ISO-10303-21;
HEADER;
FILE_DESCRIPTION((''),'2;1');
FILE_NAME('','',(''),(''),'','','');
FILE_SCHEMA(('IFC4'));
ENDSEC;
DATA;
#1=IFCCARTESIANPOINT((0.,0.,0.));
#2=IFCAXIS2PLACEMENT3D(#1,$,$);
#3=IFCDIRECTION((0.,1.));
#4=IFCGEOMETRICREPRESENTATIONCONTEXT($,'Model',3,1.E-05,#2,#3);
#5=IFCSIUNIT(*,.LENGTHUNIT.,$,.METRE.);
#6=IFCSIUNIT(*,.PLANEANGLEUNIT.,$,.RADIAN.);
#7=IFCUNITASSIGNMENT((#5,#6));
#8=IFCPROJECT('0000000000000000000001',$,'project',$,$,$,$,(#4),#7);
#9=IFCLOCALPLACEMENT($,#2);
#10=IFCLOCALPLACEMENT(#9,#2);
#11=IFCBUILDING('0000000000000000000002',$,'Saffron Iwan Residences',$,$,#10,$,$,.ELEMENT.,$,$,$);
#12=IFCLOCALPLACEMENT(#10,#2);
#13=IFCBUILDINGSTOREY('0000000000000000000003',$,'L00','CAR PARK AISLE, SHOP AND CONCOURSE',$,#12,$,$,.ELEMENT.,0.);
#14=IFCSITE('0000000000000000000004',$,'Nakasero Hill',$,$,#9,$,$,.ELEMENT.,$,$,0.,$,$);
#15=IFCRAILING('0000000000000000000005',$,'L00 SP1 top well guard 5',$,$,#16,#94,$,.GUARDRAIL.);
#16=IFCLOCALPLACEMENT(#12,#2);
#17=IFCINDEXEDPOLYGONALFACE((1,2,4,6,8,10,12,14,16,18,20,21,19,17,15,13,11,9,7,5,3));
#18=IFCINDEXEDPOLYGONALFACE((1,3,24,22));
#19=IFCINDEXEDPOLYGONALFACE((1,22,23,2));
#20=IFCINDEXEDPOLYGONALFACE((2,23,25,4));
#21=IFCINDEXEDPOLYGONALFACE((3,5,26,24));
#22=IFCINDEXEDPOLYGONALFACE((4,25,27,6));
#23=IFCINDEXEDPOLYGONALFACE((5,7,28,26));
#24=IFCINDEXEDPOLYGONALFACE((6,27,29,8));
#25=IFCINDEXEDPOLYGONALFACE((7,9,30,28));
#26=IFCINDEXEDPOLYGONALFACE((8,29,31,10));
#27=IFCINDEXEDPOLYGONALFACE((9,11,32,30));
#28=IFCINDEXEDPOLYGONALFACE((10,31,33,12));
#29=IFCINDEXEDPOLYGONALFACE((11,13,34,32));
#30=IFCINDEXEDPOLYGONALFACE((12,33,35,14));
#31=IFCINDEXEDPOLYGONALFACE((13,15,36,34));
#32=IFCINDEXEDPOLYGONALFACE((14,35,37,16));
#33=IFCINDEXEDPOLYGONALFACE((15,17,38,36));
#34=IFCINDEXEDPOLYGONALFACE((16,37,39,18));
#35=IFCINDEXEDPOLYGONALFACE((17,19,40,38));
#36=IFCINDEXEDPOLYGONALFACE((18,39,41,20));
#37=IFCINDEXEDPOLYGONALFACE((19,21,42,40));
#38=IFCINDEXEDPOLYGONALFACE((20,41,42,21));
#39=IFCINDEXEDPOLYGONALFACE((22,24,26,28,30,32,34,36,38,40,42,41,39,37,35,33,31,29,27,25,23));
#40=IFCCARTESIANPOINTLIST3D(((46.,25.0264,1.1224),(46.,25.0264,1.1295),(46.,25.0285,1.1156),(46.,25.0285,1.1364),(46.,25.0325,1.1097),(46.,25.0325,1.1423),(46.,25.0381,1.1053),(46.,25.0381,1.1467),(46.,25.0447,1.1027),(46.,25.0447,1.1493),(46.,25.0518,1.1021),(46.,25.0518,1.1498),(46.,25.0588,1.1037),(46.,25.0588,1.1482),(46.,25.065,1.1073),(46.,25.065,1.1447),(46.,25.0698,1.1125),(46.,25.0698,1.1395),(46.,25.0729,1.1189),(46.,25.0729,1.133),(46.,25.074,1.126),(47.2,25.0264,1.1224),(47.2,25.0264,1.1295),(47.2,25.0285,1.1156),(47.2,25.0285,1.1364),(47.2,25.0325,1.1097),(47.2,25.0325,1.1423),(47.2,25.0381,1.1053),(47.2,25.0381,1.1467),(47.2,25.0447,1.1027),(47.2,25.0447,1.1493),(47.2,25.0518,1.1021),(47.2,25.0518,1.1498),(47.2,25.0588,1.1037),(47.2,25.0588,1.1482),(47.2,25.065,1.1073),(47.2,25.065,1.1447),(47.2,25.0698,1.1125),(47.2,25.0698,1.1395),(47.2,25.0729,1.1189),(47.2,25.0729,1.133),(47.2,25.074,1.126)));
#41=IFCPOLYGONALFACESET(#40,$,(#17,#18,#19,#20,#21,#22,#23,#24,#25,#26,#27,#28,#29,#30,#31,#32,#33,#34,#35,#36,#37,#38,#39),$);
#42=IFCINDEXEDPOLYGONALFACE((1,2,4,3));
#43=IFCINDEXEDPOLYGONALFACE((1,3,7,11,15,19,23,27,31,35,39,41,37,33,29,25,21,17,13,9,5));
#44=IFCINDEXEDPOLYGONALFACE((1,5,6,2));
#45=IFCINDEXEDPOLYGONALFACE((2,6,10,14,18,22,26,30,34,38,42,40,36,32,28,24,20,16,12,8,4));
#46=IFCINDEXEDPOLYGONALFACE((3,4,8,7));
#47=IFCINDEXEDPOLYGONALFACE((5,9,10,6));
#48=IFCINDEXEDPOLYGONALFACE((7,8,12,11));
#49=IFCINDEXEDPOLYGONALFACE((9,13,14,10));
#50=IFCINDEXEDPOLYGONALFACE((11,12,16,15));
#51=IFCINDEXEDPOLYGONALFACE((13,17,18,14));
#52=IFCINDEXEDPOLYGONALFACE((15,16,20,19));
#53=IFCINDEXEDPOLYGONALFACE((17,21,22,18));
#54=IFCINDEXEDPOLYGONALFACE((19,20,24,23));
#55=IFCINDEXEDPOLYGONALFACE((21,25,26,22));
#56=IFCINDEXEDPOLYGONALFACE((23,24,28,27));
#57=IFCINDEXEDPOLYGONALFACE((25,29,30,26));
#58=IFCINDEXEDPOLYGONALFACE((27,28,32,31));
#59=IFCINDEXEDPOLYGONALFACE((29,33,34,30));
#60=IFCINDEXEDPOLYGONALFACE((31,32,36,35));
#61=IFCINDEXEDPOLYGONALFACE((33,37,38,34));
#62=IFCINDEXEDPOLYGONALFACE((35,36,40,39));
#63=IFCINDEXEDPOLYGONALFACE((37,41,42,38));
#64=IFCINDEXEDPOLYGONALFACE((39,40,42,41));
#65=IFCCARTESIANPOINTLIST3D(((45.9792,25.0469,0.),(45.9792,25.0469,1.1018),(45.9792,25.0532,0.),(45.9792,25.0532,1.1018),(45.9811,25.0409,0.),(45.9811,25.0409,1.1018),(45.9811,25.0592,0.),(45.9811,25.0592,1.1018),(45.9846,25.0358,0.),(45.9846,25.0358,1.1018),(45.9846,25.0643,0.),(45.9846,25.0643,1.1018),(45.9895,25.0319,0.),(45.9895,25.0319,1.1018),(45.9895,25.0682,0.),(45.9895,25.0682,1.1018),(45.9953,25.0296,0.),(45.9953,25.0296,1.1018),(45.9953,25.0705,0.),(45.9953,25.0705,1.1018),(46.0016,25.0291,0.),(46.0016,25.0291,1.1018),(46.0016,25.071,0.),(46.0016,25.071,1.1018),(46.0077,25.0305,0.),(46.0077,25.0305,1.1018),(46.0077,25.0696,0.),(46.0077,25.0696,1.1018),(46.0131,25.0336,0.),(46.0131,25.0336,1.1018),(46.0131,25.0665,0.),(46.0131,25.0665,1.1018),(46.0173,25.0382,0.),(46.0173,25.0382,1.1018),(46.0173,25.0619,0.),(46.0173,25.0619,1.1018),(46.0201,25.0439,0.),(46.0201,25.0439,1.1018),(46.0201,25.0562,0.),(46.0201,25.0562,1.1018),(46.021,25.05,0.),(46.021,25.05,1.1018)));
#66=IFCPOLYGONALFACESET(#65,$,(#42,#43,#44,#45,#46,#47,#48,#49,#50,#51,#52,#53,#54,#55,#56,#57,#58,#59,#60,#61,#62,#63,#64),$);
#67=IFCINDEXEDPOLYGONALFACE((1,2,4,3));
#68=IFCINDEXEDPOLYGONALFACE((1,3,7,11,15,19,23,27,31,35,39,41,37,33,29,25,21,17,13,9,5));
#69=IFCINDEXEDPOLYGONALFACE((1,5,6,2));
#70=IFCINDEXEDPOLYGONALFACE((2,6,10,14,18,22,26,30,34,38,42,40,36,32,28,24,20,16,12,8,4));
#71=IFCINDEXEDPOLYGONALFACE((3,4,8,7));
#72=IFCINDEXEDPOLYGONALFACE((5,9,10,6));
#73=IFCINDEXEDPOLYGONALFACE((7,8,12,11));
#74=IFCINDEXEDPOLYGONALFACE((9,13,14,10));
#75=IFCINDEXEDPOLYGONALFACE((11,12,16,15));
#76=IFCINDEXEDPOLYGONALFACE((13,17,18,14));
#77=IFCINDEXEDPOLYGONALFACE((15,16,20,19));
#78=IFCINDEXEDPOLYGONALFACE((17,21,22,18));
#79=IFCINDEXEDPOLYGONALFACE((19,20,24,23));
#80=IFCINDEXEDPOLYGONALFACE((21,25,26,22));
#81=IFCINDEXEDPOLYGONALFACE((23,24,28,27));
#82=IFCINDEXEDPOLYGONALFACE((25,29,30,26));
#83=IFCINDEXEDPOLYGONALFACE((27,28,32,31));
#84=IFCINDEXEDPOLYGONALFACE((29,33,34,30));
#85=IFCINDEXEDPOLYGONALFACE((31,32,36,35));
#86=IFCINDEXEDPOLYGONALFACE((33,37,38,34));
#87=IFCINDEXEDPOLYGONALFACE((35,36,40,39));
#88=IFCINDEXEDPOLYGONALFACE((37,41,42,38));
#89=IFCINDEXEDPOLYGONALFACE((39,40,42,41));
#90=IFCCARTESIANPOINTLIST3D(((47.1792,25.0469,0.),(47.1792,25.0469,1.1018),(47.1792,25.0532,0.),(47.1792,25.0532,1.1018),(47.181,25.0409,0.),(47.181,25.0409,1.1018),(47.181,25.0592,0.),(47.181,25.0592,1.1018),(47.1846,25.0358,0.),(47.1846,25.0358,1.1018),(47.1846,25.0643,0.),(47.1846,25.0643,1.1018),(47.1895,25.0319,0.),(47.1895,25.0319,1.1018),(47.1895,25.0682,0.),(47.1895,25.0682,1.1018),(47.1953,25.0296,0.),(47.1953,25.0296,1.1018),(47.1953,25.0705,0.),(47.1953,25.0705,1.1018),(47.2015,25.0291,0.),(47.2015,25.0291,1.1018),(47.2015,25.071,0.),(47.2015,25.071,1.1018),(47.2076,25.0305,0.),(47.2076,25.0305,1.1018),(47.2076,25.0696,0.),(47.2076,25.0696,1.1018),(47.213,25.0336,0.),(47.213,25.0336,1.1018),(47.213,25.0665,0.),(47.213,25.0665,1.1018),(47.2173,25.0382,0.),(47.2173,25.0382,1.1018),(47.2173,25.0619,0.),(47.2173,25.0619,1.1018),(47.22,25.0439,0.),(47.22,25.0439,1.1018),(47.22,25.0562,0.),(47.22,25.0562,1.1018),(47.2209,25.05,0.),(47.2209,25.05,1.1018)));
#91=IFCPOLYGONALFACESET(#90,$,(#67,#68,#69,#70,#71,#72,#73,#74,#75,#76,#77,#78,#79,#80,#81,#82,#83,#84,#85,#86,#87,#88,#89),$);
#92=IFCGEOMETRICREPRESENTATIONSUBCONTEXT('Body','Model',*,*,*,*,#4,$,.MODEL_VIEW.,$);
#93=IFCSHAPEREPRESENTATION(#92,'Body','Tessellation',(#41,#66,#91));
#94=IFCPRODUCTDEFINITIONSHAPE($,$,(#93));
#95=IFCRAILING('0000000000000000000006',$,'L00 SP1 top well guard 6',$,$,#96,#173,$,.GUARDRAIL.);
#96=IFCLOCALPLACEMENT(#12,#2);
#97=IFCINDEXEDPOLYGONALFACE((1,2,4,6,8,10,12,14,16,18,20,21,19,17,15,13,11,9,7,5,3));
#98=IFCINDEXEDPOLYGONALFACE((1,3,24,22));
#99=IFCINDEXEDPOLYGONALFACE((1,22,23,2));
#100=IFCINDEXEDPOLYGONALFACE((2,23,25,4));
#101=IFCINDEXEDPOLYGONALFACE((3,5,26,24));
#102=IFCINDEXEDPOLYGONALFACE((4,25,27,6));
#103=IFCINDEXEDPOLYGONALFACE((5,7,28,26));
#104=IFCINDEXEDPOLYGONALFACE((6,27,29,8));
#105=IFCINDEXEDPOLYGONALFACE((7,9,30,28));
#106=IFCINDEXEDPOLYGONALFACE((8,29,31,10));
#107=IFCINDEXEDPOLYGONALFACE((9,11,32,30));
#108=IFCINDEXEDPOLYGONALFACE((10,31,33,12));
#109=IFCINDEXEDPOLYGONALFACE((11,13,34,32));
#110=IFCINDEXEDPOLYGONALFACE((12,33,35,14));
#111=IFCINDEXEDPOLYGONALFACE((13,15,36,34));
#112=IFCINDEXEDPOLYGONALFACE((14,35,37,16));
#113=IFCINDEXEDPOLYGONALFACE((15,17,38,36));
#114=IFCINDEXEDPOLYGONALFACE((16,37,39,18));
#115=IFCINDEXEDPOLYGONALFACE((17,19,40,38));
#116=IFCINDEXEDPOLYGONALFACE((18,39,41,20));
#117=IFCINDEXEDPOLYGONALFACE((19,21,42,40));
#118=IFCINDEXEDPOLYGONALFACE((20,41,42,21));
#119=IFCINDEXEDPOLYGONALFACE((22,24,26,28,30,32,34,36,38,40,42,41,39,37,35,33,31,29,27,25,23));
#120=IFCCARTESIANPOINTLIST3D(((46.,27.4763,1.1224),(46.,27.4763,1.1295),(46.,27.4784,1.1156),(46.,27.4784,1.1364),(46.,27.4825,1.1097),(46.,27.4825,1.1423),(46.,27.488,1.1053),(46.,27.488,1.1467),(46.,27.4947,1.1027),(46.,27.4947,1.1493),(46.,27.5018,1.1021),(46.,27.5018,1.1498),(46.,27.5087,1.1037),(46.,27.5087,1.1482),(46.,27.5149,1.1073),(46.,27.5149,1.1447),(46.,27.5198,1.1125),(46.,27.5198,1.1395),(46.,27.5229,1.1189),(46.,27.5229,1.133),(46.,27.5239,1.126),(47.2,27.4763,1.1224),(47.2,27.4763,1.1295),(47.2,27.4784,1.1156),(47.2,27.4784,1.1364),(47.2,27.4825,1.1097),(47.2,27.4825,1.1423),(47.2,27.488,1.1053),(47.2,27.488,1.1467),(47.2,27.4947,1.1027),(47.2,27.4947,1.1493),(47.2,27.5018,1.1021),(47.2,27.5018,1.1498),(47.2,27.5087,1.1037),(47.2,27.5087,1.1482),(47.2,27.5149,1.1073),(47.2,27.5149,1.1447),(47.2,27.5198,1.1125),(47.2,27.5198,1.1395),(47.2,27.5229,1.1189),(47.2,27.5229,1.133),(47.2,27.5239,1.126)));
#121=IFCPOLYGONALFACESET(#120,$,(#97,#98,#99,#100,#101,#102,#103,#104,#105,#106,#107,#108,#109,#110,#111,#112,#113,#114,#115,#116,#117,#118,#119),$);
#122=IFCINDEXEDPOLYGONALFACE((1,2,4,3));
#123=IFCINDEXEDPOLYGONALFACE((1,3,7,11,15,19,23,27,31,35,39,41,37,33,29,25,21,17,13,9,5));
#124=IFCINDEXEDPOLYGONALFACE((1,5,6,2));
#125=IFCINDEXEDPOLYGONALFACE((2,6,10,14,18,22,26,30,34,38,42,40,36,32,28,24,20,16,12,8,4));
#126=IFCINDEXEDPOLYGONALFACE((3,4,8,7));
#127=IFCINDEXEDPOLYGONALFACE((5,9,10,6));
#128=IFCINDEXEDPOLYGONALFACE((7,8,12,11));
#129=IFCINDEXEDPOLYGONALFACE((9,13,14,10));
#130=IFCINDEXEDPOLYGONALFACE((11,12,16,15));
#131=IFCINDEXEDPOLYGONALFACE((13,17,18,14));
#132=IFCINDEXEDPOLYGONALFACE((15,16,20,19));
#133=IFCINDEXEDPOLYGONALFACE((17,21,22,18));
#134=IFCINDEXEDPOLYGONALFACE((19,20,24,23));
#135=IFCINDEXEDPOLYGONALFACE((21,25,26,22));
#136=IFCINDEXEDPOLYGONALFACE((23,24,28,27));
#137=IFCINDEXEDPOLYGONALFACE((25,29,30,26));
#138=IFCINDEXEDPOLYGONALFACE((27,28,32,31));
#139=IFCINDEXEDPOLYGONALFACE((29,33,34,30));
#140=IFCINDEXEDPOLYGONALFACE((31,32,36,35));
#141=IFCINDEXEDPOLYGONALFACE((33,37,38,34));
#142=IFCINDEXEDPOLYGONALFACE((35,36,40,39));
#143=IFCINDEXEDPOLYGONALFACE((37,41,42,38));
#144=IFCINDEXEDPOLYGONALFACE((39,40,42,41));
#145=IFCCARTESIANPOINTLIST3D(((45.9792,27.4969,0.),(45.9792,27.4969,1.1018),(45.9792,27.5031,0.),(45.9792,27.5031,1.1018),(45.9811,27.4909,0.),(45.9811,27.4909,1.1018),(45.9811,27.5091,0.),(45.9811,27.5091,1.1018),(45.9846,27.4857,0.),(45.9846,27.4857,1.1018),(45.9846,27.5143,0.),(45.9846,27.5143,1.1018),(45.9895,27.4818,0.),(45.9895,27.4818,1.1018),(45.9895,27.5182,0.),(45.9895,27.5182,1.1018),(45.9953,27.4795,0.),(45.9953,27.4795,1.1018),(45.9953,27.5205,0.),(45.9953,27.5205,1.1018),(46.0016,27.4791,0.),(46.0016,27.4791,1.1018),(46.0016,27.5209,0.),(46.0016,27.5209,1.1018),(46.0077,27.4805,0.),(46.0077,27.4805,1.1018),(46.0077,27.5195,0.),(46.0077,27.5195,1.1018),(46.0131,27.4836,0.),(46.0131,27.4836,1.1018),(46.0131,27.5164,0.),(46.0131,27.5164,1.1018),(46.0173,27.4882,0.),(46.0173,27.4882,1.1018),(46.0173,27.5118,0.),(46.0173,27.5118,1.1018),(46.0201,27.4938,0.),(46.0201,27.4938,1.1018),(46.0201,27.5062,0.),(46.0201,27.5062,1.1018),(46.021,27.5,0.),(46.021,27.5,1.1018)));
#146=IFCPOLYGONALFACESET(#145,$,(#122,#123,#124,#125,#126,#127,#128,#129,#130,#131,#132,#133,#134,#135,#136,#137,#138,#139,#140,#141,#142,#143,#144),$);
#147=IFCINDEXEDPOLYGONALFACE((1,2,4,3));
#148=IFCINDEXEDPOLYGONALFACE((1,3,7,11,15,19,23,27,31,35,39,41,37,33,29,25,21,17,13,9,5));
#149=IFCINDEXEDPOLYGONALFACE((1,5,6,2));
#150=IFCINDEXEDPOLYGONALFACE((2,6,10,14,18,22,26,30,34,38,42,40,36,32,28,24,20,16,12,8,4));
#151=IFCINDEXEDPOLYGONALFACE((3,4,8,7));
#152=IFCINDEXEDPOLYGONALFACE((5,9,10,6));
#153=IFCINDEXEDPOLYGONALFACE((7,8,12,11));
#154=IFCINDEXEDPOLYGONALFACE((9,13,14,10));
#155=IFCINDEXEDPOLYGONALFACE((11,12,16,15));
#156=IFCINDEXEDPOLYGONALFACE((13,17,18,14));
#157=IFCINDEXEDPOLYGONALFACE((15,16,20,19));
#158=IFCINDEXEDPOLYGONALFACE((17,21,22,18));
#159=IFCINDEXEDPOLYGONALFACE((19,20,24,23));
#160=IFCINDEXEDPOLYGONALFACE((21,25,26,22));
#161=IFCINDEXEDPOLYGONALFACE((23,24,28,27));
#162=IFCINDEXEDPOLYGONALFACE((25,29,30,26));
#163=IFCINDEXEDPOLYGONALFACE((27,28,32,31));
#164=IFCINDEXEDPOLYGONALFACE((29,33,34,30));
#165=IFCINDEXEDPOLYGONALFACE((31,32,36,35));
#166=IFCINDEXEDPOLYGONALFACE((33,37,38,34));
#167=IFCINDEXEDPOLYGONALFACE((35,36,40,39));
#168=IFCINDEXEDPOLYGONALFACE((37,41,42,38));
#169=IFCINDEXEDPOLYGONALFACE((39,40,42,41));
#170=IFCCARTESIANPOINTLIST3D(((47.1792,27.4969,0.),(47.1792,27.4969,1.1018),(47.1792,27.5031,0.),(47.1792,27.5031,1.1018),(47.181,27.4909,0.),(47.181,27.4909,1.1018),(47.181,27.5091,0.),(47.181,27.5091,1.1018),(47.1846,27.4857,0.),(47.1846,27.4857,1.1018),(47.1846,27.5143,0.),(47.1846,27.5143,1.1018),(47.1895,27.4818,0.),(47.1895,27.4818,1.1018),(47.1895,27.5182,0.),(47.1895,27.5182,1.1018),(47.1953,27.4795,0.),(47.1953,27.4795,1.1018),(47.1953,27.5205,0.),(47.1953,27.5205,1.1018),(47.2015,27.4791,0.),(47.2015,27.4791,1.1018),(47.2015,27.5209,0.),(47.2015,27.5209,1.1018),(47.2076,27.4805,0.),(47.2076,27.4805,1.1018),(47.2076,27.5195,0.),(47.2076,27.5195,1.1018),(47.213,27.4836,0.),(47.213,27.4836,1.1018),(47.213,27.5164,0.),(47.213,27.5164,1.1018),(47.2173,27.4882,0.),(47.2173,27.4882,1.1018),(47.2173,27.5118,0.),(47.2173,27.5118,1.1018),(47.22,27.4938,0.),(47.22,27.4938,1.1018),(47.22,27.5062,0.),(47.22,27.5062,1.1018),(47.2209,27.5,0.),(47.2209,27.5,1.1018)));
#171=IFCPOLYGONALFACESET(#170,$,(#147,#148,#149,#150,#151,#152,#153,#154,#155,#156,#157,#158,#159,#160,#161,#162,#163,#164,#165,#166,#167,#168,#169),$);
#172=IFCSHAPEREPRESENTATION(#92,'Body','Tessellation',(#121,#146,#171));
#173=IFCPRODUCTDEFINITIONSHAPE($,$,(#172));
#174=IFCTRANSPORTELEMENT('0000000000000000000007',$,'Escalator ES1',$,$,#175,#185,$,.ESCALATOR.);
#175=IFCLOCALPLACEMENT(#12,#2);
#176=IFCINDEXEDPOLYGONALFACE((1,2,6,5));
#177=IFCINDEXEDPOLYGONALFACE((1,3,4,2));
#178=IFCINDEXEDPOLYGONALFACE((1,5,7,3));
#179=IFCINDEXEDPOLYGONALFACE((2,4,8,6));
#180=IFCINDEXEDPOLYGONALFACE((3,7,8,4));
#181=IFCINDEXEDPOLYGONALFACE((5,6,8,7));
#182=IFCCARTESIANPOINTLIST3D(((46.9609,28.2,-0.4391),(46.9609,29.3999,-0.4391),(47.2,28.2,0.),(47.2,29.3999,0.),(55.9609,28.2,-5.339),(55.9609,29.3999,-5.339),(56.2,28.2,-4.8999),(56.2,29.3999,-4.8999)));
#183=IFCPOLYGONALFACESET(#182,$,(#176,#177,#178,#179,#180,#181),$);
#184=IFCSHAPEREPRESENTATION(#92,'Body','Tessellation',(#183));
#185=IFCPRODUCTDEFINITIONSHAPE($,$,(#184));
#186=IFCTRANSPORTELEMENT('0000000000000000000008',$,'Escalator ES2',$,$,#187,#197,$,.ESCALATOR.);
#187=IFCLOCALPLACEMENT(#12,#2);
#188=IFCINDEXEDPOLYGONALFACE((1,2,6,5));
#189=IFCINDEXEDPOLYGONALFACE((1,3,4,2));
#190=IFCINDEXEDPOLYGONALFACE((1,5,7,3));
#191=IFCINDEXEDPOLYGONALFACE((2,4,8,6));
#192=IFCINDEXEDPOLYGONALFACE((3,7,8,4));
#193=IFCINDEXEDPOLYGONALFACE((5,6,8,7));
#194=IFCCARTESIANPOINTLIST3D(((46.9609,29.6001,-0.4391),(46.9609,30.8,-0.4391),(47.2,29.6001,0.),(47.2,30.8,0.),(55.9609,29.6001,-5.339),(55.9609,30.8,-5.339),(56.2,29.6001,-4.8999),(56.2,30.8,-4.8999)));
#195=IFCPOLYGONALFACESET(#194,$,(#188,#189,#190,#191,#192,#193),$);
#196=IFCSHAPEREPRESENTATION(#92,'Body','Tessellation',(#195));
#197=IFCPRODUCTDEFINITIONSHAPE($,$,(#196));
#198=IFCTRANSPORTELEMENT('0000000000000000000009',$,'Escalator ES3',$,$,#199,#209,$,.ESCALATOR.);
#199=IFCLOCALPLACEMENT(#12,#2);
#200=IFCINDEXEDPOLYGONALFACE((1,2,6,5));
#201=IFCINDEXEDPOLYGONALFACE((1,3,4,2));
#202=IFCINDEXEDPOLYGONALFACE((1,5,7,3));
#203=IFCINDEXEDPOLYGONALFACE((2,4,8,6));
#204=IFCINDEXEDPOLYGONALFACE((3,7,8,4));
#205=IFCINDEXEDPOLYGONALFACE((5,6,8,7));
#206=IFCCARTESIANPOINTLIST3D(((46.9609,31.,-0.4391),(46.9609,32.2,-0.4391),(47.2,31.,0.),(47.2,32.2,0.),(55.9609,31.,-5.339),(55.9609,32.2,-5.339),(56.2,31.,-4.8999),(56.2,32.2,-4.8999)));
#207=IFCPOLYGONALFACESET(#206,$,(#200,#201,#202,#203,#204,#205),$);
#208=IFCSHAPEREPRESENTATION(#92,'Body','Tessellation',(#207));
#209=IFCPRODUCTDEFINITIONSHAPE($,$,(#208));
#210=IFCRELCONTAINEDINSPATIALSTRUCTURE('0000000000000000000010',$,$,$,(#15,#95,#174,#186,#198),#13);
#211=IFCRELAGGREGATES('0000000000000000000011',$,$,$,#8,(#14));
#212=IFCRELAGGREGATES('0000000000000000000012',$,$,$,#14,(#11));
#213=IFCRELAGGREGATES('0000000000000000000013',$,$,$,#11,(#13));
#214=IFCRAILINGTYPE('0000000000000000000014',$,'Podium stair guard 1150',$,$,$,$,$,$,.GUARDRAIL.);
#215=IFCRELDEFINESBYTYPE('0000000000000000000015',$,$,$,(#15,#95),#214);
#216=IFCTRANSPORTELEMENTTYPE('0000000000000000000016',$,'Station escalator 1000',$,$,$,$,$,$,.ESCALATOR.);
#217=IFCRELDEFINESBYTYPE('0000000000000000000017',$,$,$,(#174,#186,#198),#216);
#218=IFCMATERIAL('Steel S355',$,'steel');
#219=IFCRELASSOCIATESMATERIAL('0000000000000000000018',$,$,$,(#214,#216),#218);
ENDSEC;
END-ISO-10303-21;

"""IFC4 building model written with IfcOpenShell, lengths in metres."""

from ifc_helpers import new_model, si_unit, direction, frame, origin, origin_2d, place, context, subcontext, project, spatial, polyline, circle, outline, extrude, material, type_object, element, save


model = new_model("IFC4")

# Units and contexts
model_context = context("Model", 3, precision=1e-05, world=origin(), true_north=direction((0.0, 1.0)))
body_context = subcontext(model_context, "Body", "Model", "MODEL_VIEW")
ifc_project = project(units=[si_unit("LENGTHUNIT", "METRE"), si_unit("PLANEANGLEUNIT", "RADIAN")], contexts=[model_context])

# Site, building, storey
site_placement = place(None, origin())
site = spatial("IfcSite", under=ifc_project, at=site_placement, Name="Nakasero Hill", CompositionType="ELEMENT", RefElevation=0.0)
building_placement = place(site_placement, origin())
building = spatial("IfcBuilding", under=site, at=building_placement, Name="Saffron Iwan Residences", CompositionType="ELEMENT")
storey_placement = place(building_placement, origin())
storey = spatial("IfcBuildingStorey", under=building, at=storey_placement, Name="L00", Description="CAR PARK AISLE, SHOP AND CONCOURSE", CompositionType="ELEMENT", Elevation=0.0)

# Railings
ifc_material_1 = material(Name="Steel S355", Category="steel")
railing_type_1 = type_object("IfcRailingType", Name="Podium stair guard 1150", PredefinedType="GUARDRAIL", material=ifc_material_1)
for number, where, name in (
    (1, (46.0, 25.05, 0.0), "L00 SP1 top well guard 5"),
    (2, (46.0, 27.5, 0.0), "L00 SP1 top well guard 6"),
):
    element("IfcRailing", number, at=place(storey_placement, frame(where)), inside=storey, type_object=railing_type_1, Name=name, PredefinedType="GUARDRAIL", context=body_context, shape_type="SweptSolid", body=[
        extrude(circle(Radius=0.0239, at=origin_2d()), frame((0.0, 0.0, 1.126), z_axis=(1.0, 0.0, 0.0), x_axis=(0.0, 1.0, 0.0)), (0.0, 0.0, 1.0), 1.2),
        extrude(circle(Radius=0.021, at=origin_2d()), origin(), (0.0, 0.0, 1.0), 1.1018),
        extrude(circle(Radius=0.021, at=origin_2d()), frame((1.2, 0.0, 0.0)), (0.0, 0.0, 1.0), 1.1018),
    ])

# Transport elements
transport_element_type = type_object("IfcTransportElementType", Name="Station escalator 1000", PredefinedType="ESCALATOR", material=ifc_material_1)
for number, where, z_axis, x_axis, name in (
    (3, (47.2, 28.2, 0.0), (0.478161, 0.0, 0.878272), (0.0, 1.0, 0.0), "Escalator ES1"),
    (4, (47.2, 29.6001, 0.0), (0.478161, 0.0, 0.878272), (0.0, 1.0, 0.0), "Escalator ES2"),
    (5, (47.2, 31.0, 0.0), (0.478161, 0.0, 0.878272), (0.0, 1.0, 0.0), "Escalator ES3"),
):
    element("IfcTransportElement", number, at=place(storey_placement, frame(where, z_axis=z_axis, x_axis=x_axis)), inside=storey, type_object=transport_element_type, Name=name, PredefinedType="ESCALATOR", context=body_context, shape_type="SweptSolid", body=[
        extrude(outline(polyline([(0.0, 0.0), (1.2, 0.0), (1.2, -10.2474), (0.0, -10.2474), (0.0, 0.0)])), origin(), (0.0, 0.0, -1.0), 0.5),
    ])

save(model, "model.ifc")
